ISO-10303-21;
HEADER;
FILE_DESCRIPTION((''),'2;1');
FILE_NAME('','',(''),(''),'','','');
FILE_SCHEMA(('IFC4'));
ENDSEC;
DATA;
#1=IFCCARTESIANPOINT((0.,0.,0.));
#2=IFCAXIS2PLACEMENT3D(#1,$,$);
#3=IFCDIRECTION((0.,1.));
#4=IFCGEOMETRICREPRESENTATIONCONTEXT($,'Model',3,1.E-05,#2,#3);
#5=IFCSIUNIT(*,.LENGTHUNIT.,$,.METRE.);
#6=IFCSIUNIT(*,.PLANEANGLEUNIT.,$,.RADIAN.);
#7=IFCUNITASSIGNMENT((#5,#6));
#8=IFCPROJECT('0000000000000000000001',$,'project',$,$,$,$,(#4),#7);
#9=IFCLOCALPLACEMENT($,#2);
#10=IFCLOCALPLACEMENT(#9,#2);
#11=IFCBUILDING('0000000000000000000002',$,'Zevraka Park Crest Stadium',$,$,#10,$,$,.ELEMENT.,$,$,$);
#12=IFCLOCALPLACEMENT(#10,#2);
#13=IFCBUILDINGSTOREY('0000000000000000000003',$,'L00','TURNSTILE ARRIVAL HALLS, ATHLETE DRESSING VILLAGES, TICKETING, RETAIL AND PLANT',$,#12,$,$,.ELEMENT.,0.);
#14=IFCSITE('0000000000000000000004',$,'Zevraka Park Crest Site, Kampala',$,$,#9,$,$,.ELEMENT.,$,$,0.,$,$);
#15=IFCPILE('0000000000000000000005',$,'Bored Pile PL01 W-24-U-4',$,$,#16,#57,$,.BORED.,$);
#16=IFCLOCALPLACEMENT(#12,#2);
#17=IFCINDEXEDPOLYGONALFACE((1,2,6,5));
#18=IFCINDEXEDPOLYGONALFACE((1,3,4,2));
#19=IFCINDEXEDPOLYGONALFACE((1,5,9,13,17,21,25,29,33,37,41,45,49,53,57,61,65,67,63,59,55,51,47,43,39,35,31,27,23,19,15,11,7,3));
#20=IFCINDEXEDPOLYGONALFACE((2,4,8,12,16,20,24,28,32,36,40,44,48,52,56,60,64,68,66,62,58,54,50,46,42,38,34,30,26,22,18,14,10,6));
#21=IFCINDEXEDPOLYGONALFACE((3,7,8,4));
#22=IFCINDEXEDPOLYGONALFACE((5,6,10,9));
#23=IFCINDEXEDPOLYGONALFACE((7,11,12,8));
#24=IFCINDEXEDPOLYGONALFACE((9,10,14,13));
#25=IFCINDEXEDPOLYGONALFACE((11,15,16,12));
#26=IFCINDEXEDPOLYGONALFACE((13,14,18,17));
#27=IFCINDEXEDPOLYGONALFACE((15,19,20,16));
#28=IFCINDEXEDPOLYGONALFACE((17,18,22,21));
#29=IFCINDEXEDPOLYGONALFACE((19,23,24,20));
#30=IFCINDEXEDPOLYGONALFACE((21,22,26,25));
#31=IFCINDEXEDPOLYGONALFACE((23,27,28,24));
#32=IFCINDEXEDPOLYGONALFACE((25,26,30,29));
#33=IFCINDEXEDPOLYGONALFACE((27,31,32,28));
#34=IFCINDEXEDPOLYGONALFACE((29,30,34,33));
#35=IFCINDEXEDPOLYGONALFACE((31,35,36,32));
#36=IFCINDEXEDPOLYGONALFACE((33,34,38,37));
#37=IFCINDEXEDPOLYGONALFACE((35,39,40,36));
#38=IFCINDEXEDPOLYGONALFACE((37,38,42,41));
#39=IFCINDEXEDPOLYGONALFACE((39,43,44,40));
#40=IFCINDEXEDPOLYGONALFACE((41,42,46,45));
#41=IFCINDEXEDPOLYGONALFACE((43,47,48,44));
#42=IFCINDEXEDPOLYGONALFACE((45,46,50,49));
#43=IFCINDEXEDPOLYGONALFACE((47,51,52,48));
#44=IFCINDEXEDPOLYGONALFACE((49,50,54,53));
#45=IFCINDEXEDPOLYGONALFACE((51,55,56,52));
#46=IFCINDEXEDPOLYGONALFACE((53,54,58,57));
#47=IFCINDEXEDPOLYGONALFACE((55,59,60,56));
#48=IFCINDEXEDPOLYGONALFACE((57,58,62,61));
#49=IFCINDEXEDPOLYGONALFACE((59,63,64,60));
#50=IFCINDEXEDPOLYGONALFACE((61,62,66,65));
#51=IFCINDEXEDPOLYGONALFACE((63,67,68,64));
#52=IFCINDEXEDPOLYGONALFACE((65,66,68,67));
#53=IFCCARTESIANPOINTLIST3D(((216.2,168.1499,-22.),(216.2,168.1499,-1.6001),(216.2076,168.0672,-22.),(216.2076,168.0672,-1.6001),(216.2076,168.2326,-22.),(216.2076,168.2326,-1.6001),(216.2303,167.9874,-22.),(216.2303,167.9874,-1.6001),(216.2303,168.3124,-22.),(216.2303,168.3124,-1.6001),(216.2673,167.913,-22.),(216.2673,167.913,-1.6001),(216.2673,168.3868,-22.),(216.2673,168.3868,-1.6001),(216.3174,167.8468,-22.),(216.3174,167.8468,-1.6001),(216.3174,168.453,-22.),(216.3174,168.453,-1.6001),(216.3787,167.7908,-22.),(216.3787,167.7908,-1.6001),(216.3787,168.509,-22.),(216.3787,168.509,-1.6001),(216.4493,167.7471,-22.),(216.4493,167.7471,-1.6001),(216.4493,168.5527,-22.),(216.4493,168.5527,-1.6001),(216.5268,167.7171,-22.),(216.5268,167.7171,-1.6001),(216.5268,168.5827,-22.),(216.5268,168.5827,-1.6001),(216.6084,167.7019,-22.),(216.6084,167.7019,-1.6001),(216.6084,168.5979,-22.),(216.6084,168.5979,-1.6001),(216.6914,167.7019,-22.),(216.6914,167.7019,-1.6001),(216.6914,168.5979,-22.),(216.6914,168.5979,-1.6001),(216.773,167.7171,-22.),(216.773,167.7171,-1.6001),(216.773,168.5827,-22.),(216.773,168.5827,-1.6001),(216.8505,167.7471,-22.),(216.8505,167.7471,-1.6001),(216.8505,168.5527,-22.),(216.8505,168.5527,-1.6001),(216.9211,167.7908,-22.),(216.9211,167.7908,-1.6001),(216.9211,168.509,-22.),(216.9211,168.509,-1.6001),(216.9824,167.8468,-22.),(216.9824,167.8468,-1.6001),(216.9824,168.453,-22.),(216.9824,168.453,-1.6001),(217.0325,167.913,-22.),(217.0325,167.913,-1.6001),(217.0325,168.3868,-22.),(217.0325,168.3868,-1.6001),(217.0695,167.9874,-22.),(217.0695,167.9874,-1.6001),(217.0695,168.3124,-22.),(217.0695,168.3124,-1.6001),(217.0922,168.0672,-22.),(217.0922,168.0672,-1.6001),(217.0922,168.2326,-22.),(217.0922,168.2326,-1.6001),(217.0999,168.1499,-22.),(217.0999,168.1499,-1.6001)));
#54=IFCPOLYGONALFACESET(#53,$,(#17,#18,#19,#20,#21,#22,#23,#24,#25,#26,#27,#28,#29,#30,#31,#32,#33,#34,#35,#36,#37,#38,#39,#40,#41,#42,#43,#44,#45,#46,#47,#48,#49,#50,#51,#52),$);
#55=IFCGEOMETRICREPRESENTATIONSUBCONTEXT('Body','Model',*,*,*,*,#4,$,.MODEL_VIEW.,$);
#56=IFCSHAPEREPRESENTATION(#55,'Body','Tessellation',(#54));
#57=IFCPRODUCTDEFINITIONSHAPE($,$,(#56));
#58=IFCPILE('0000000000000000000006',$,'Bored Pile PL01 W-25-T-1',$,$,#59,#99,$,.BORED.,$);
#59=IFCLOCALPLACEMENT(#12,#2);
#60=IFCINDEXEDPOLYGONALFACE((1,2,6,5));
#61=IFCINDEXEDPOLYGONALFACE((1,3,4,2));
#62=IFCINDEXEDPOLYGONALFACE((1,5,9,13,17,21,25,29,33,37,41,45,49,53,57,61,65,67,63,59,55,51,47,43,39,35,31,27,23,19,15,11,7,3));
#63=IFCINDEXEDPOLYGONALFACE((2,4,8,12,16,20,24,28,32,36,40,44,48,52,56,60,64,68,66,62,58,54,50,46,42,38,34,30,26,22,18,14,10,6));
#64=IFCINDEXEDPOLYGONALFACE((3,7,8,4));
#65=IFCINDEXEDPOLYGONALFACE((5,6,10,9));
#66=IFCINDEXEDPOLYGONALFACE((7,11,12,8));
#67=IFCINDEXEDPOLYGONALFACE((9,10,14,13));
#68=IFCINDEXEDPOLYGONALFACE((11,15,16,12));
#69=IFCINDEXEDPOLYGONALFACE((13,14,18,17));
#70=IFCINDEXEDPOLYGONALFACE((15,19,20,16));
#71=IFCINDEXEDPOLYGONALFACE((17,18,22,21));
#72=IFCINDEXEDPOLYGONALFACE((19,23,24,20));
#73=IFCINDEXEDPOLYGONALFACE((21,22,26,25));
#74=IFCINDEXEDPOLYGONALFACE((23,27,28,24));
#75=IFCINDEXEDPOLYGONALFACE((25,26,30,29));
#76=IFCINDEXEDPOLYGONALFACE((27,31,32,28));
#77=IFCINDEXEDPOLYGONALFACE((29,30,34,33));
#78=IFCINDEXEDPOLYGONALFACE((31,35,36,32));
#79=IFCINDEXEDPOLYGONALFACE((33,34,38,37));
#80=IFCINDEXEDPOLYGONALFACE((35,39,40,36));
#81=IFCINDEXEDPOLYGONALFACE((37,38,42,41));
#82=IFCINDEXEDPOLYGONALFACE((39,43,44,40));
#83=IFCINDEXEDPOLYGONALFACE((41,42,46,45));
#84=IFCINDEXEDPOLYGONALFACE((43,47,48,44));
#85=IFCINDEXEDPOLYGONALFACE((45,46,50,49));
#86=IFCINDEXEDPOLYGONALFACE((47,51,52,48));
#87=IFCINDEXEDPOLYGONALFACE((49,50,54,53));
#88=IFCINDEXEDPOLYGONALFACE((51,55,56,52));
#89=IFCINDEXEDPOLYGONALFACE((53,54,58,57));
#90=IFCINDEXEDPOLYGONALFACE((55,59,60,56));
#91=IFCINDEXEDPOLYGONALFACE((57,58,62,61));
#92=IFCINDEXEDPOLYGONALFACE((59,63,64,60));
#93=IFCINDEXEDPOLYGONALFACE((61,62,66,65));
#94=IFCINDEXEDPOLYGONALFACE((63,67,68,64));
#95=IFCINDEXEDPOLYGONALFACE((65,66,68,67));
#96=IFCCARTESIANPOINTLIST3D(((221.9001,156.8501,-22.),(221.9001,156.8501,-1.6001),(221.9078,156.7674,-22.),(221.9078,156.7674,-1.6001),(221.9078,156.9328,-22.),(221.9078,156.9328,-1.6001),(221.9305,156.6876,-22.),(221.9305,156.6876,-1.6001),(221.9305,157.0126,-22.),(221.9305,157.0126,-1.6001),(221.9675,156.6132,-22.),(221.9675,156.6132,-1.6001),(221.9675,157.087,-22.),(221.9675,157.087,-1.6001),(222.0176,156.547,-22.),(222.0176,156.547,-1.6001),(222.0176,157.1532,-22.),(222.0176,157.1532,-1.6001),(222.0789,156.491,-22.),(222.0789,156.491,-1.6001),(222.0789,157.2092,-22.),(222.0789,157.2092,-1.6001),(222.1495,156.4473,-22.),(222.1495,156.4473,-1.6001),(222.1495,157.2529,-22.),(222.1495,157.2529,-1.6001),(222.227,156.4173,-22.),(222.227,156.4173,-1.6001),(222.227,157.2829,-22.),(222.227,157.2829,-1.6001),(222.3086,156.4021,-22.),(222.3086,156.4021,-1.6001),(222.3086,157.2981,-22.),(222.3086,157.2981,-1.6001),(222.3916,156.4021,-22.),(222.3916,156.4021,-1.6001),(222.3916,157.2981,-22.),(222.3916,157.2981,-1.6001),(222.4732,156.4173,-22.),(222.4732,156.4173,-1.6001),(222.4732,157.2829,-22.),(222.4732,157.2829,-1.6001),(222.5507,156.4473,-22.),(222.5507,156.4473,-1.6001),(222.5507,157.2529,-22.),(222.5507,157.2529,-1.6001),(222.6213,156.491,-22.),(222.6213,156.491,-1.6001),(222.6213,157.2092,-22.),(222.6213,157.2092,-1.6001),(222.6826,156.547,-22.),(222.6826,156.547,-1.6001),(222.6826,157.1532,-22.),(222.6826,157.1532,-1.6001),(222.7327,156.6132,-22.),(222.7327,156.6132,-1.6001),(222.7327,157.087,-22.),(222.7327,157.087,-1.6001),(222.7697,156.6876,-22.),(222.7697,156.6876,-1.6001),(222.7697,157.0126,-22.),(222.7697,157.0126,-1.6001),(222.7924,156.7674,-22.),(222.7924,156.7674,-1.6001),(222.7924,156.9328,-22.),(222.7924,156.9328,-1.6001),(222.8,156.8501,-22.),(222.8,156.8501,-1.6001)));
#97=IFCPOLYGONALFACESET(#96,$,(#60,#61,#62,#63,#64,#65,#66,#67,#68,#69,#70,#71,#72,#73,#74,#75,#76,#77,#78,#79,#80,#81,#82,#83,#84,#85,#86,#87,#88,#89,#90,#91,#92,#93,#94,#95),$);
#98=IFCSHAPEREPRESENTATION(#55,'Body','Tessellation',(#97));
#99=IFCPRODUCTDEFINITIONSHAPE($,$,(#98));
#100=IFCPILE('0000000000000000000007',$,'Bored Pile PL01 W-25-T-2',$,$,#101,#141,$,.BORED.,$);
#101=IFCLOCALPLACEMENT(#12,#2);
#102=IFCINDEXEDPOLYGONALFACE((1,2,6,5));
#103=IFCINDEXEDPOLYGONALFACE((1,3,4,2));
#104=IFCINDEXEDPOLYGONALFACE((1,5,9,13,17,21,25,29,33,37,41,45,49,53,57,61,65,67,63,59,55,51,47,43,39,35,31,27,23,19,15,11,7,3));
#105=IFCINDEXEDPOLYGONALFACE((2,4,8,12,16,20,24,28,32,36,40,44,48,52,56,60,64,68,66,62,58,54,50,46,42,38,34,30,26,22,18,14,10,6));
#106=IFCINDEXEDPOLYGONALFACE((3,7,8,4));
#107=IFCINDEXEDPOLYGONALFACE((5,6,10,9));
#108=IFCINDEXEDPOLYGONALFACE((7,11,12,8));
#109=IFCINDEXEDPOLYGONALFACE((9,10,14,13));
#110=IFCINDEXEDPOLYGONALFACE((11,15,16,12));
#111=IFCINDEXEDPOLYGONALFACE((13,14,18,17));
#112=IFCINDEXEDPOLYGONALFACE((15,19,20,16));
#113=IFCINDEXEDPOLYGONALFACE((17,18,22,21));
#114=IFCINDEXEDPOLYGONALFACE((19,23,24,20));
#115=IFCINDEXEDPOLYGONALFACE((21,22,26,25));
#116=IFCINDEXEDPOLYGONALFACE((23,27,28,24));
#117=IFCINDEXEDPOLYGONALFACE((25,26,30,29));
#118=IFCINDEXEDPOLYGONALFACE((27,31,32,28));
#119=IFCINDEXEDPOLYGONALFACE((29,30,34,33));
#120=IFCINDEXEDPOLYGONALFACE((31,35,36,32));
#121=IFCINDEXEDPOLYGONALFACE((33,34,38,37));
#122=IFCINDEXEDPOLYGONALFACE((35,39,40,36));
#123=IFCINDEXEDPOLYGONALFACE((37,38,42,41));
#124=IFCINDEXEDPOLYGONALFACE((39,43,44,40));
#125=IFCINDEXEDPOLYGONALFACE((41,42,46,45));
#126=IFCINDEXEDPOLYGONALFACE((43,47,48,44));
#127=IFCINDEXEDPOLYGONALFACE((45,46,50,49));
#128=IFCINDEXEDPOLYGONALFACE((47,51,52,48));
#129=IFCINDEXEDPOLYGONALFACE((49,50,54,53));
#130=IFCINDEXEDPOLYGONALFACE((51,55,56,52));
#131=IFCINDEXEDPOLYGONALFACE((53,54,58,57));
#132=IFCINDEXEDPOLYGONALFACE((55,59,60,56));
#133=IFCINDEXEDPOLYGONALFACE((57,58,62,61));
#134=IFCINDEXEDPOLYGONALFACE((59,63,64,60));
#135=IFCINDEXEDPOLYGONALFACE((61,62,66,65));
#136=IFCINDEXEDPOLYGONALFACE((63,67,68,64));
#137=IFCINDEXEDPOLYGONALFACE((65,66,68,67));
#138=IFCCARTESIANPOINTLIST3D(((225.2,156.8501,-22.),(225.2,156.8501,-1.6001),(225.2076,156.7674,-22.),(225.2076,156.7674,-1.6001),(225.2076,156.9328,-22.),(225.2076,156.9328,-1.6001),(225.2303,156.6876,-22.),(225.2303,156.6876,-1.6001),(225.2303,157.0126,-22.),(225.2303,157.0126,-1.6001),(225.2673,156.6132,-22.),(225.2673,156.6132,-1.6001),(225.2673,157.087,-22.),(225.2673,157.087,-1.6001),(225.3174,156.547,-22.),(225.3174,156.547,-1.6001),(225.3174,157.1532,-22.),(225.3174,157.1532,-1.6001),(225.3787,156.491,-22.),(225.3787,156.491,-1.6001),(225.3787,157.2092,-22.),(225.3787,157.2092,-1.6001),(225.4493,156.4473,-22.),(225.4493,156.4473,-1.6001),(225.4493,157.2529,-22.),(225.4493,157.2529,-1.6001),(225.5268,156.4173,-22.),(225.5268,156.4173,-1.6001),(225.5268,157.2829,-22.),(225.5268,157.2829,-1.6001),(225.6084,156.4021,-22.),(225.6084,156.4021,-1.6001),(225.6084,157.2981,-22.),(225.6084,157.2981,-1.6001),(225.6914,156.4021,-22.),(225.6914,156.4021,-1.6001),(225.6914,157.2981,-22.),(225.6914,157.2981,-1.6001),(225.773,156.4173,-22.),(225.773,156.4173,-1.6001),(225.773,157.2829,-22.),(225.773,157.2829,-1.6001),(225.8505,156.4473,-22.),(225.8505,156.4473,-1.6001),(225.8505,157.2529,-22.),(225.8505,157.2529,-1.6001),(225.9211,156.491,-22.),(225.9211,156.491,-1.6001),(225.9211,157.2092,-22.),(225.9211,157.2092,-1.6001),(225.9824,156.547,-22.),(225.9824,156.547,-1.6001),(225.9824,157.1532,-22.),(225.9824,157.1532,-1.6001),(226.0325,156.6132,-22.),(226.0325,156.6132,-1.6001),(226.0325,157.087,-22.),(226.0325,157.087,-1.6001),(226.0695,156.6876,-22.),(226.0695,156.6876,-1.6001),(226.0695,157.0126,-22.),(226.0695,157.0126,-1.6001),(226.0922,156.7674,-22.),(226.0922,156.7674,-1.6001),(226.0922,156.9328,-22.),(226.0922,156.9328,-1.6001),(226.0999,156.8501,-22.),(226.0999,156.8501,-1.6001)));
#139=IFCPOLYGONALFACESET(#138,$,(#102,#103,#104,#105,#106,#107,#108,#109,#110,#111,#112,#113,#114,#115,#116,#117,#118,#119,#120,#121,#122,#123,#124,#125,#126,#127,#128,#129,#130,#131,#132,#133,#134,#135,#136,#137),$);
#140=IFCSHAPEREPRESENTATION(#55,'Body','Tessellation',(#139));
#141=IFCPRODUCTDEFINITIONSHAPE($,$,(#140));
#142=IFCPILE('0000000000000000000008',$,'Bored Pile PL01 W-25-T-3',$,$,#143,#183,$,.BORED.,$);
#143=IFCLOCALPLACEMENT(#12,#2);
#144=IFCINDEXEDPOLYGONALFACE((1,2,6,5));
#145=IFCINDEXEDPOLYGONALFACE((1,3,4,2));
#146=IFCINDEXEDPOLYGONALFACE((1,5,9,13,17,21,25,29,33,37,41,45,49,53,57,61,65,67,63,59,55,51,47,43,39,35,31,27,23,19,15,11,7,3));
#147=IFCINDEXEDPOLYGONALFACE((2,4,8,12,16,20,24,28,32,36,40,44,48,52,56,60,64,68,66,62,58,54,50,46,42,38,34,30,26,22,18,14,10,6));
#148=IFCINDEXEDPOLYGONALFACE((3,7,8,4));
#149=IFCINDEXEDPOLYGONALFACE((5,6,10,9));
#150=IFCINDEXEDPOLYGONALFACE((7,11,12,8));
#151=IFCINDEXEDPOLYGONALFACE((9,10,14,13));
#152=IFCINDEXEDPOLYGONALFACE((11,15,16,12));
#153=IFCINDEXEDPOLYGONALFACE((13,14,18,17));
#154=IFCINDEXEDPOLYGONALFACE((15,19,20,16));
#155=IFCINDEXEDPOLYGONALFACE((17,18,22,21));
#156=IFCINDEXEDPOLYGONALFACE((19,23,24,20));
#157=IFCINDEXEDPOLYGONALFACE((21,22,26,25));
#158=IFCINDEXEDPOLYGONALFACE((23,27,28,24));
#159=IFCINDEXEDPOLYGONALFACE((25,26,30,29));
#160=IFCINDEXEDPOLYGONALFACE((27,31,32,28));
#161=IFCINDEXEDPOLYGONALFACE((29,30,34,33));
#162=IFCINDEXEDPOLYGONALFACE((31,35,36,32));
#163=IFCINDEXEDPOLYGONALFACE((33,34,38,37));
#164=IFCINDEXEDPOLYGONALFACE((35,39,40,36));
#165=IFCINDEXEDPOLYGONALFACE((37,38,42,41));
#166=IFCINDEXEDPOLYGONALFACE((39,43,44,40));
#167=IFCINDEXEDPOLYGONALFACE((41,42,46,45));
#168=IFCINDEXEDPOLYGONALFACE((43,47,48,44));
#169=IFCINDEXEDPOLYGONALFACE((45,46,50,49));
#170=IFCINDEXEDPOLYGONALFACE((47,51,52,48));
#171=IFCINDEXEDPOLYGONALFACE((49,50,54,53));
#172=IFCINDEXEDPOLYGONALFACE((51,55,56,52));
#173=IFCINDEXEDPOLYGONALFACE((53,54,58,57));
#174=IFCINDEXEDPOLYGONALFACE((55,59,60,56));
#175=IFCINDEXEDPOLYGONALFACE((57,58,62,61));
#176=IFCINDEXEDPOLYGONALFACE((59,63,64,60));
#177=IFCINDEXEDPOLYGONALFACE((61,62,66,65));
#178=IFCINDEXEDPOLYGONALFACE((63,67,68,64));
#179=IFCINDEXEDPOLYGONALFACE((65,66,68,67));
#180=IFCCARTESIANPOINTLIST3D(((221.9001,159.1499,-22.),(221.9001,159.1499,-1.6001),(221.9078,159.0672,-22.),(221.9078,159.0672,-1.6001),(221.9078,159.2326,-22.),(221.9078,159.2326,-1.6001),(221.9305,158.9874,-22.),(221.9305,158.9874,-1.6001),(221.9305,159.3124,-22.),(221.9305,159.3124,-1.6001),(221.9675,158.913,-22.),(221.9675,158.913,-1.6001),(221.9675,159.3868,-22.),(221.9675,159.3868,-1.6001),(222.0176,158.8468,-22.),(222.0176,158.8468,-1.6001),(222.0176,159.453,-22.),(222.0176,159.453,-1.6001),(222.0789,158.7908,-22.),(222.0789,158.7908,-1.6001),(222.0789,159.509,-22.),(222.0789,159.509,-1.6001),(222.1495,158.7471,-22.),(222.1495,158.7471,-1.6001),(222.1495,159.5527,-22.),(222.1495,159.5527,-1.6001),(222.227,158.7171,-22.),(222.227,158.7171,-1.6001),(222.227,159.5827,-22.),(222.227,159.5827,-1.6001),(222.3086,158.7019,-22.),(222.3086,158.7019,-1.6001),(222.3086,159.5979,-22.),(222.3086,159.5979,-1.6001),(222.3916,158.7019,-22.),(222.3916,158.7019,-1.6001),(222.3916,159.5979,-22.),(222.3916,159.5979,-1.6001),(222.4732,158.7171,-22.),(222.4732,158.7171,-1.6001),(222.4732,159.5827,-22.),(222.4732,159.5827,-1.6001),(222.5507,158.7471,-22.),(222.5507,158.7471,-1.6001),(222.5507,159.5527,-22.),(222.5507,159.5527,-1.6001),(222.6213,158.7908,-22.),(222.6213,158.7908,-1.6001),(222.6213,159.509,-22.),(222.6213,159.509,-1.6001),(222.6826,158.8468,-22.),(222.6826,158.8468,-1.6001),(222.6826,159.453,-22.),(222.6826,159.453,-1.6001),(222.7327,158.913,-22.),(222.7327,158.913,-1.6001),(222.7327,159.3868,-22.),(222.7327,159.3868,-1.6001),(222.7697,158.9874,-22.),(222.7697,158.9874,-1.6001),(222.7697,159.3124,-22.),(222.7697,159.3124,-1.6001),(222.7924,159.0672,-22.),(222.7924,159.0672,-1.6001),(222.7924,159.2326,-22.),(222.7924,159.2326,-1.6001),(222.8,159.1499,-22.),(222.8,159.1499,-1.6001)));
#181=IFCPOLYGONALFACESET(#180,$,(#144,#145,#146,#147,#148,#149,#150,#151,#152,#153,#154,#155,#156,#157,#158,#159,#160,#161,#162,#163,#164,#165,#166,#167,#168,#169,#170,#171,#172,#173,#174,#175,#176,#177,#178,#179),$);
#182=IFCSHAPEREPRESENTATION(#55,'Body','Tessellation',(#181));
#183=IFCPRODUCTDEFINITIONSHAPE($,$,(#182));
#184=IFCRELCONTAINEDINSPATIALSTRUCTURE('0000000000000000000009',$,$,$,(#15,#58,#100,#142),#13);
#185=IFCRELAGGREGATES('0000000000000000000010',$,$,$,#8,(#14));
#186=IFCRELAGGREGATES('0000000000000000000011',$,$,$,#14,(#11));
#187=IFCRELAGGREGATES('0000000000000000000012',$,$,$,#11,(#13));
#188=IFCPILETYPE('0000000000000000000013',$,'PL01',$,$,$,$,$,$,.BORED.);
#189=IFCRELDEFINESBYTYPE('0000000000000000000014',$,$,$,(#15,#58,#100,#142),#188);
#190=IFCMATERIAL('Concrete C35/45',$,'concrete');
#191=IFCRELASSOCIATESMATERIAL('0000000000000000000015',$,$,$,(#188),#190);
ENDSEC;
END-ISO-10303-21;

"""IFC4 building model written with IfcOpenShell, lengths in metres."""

from ifc_helpers import new_model, si_unit, direction, frame, origin, origin_2d, place, context, subcontext, project, spatial, circle, extrude, material, material_profile, profile_set, type_object, element, save


model = new_model("IFC4")

# Units and contexts
model_context = context("Model", 3, precision=1e-05, world=origin(), true_north=direction((0.0, 1.0)))
body_context = subcontext(model_context, "Body", "Model", "MODEL_VIEW")
ifc_project = project(units=[si_unit("LENGTHUNIT", "METRE"), si_unit("PLANEANGLEUNIT", "RADIAN")], contexts=[model_context])

# Site, building, storey
site_placement = place(None, origin())
site = spatial("IfcSite", under=ifc_project, at=site_placement, Name="Zevraka Park Crest Site, Kampala", CompositionType="ELEMENT", RefElevation=0.0)
building_placement = place(site_placement, origin())
building = spatial("IfcBuilding", under=site, at=building_placement, Name="Zevraka Park Crest Stadium", CompositionType="ELEMENT")
storey_placement = place(building_placement, origin())
storey = spatial("IfcBuildingStorey", under=building, at=storey_placement, Name="L00", Description="TURNSTILE ARRIVAL HALLS, ATHLETE DRESSING VILLAGES, TICKETING, RETAIL AND PLANT", CompositionType="ELEMENT", Elevation=0.0)

# Piles
ifc_material_1 = material(Name="Concrete C35/45", Category="concrete")
ifc_material_profile_1 = material_profile(ifc_material_1, circle(Radius=0.45, at=origin_2d()), Name="PILE D900")
ifc_profile_set_1 = profile_set([ifc_material_profile_1], Name="Concrete C35/45")
pile_type_1 = type_object("IfcPileType", Name="PL01", PredefinedType="BORED", material=ifc_profile_set_1)
for number, where, z_axis, x_axis, name in (
    (1, (216.6499, 168.1499, -1.6001), (0.0, 0.0, -1.0), (1.0, 0.0, 0.0), "Bored Pile PL01 W-24-U-4"),
    (2, (222.3501, 156.8501, -1.6001), (0.0, 0.0, -1.0), (1.0, 0.0, 0.0), "Bored Pile PL01 W-25-T-1"),
    (3, (225.6499, 156.8501, -1.6001), (0.0, 0.0, -1.0), (1.0, 0.0, 0.0), "Bored Pile PL01 W-25-T-2"),
    (4, (222.3501, 159.1499, -1.6001), (0.0, 0.0, -1.0), (1.0, 0.0, 0.0), "Bored Pile PL01 W-25-T-3"),
):
    element("IfcPile", number, at=place(storey_placement, frame(where, z_axis=z_axis, x_axis=x_axis)), inside=storey, type_object=pile_type_1, Name=name, PredefinedType="BORED", context=body_context, shape_type="SweptSolid", body=[
        extrude(circle(Radius=0.45, at=origin_2d()), origin(), (0.0, 0.0, 1.0), 20.3999),
    ])

save(model, "model.ifc")
